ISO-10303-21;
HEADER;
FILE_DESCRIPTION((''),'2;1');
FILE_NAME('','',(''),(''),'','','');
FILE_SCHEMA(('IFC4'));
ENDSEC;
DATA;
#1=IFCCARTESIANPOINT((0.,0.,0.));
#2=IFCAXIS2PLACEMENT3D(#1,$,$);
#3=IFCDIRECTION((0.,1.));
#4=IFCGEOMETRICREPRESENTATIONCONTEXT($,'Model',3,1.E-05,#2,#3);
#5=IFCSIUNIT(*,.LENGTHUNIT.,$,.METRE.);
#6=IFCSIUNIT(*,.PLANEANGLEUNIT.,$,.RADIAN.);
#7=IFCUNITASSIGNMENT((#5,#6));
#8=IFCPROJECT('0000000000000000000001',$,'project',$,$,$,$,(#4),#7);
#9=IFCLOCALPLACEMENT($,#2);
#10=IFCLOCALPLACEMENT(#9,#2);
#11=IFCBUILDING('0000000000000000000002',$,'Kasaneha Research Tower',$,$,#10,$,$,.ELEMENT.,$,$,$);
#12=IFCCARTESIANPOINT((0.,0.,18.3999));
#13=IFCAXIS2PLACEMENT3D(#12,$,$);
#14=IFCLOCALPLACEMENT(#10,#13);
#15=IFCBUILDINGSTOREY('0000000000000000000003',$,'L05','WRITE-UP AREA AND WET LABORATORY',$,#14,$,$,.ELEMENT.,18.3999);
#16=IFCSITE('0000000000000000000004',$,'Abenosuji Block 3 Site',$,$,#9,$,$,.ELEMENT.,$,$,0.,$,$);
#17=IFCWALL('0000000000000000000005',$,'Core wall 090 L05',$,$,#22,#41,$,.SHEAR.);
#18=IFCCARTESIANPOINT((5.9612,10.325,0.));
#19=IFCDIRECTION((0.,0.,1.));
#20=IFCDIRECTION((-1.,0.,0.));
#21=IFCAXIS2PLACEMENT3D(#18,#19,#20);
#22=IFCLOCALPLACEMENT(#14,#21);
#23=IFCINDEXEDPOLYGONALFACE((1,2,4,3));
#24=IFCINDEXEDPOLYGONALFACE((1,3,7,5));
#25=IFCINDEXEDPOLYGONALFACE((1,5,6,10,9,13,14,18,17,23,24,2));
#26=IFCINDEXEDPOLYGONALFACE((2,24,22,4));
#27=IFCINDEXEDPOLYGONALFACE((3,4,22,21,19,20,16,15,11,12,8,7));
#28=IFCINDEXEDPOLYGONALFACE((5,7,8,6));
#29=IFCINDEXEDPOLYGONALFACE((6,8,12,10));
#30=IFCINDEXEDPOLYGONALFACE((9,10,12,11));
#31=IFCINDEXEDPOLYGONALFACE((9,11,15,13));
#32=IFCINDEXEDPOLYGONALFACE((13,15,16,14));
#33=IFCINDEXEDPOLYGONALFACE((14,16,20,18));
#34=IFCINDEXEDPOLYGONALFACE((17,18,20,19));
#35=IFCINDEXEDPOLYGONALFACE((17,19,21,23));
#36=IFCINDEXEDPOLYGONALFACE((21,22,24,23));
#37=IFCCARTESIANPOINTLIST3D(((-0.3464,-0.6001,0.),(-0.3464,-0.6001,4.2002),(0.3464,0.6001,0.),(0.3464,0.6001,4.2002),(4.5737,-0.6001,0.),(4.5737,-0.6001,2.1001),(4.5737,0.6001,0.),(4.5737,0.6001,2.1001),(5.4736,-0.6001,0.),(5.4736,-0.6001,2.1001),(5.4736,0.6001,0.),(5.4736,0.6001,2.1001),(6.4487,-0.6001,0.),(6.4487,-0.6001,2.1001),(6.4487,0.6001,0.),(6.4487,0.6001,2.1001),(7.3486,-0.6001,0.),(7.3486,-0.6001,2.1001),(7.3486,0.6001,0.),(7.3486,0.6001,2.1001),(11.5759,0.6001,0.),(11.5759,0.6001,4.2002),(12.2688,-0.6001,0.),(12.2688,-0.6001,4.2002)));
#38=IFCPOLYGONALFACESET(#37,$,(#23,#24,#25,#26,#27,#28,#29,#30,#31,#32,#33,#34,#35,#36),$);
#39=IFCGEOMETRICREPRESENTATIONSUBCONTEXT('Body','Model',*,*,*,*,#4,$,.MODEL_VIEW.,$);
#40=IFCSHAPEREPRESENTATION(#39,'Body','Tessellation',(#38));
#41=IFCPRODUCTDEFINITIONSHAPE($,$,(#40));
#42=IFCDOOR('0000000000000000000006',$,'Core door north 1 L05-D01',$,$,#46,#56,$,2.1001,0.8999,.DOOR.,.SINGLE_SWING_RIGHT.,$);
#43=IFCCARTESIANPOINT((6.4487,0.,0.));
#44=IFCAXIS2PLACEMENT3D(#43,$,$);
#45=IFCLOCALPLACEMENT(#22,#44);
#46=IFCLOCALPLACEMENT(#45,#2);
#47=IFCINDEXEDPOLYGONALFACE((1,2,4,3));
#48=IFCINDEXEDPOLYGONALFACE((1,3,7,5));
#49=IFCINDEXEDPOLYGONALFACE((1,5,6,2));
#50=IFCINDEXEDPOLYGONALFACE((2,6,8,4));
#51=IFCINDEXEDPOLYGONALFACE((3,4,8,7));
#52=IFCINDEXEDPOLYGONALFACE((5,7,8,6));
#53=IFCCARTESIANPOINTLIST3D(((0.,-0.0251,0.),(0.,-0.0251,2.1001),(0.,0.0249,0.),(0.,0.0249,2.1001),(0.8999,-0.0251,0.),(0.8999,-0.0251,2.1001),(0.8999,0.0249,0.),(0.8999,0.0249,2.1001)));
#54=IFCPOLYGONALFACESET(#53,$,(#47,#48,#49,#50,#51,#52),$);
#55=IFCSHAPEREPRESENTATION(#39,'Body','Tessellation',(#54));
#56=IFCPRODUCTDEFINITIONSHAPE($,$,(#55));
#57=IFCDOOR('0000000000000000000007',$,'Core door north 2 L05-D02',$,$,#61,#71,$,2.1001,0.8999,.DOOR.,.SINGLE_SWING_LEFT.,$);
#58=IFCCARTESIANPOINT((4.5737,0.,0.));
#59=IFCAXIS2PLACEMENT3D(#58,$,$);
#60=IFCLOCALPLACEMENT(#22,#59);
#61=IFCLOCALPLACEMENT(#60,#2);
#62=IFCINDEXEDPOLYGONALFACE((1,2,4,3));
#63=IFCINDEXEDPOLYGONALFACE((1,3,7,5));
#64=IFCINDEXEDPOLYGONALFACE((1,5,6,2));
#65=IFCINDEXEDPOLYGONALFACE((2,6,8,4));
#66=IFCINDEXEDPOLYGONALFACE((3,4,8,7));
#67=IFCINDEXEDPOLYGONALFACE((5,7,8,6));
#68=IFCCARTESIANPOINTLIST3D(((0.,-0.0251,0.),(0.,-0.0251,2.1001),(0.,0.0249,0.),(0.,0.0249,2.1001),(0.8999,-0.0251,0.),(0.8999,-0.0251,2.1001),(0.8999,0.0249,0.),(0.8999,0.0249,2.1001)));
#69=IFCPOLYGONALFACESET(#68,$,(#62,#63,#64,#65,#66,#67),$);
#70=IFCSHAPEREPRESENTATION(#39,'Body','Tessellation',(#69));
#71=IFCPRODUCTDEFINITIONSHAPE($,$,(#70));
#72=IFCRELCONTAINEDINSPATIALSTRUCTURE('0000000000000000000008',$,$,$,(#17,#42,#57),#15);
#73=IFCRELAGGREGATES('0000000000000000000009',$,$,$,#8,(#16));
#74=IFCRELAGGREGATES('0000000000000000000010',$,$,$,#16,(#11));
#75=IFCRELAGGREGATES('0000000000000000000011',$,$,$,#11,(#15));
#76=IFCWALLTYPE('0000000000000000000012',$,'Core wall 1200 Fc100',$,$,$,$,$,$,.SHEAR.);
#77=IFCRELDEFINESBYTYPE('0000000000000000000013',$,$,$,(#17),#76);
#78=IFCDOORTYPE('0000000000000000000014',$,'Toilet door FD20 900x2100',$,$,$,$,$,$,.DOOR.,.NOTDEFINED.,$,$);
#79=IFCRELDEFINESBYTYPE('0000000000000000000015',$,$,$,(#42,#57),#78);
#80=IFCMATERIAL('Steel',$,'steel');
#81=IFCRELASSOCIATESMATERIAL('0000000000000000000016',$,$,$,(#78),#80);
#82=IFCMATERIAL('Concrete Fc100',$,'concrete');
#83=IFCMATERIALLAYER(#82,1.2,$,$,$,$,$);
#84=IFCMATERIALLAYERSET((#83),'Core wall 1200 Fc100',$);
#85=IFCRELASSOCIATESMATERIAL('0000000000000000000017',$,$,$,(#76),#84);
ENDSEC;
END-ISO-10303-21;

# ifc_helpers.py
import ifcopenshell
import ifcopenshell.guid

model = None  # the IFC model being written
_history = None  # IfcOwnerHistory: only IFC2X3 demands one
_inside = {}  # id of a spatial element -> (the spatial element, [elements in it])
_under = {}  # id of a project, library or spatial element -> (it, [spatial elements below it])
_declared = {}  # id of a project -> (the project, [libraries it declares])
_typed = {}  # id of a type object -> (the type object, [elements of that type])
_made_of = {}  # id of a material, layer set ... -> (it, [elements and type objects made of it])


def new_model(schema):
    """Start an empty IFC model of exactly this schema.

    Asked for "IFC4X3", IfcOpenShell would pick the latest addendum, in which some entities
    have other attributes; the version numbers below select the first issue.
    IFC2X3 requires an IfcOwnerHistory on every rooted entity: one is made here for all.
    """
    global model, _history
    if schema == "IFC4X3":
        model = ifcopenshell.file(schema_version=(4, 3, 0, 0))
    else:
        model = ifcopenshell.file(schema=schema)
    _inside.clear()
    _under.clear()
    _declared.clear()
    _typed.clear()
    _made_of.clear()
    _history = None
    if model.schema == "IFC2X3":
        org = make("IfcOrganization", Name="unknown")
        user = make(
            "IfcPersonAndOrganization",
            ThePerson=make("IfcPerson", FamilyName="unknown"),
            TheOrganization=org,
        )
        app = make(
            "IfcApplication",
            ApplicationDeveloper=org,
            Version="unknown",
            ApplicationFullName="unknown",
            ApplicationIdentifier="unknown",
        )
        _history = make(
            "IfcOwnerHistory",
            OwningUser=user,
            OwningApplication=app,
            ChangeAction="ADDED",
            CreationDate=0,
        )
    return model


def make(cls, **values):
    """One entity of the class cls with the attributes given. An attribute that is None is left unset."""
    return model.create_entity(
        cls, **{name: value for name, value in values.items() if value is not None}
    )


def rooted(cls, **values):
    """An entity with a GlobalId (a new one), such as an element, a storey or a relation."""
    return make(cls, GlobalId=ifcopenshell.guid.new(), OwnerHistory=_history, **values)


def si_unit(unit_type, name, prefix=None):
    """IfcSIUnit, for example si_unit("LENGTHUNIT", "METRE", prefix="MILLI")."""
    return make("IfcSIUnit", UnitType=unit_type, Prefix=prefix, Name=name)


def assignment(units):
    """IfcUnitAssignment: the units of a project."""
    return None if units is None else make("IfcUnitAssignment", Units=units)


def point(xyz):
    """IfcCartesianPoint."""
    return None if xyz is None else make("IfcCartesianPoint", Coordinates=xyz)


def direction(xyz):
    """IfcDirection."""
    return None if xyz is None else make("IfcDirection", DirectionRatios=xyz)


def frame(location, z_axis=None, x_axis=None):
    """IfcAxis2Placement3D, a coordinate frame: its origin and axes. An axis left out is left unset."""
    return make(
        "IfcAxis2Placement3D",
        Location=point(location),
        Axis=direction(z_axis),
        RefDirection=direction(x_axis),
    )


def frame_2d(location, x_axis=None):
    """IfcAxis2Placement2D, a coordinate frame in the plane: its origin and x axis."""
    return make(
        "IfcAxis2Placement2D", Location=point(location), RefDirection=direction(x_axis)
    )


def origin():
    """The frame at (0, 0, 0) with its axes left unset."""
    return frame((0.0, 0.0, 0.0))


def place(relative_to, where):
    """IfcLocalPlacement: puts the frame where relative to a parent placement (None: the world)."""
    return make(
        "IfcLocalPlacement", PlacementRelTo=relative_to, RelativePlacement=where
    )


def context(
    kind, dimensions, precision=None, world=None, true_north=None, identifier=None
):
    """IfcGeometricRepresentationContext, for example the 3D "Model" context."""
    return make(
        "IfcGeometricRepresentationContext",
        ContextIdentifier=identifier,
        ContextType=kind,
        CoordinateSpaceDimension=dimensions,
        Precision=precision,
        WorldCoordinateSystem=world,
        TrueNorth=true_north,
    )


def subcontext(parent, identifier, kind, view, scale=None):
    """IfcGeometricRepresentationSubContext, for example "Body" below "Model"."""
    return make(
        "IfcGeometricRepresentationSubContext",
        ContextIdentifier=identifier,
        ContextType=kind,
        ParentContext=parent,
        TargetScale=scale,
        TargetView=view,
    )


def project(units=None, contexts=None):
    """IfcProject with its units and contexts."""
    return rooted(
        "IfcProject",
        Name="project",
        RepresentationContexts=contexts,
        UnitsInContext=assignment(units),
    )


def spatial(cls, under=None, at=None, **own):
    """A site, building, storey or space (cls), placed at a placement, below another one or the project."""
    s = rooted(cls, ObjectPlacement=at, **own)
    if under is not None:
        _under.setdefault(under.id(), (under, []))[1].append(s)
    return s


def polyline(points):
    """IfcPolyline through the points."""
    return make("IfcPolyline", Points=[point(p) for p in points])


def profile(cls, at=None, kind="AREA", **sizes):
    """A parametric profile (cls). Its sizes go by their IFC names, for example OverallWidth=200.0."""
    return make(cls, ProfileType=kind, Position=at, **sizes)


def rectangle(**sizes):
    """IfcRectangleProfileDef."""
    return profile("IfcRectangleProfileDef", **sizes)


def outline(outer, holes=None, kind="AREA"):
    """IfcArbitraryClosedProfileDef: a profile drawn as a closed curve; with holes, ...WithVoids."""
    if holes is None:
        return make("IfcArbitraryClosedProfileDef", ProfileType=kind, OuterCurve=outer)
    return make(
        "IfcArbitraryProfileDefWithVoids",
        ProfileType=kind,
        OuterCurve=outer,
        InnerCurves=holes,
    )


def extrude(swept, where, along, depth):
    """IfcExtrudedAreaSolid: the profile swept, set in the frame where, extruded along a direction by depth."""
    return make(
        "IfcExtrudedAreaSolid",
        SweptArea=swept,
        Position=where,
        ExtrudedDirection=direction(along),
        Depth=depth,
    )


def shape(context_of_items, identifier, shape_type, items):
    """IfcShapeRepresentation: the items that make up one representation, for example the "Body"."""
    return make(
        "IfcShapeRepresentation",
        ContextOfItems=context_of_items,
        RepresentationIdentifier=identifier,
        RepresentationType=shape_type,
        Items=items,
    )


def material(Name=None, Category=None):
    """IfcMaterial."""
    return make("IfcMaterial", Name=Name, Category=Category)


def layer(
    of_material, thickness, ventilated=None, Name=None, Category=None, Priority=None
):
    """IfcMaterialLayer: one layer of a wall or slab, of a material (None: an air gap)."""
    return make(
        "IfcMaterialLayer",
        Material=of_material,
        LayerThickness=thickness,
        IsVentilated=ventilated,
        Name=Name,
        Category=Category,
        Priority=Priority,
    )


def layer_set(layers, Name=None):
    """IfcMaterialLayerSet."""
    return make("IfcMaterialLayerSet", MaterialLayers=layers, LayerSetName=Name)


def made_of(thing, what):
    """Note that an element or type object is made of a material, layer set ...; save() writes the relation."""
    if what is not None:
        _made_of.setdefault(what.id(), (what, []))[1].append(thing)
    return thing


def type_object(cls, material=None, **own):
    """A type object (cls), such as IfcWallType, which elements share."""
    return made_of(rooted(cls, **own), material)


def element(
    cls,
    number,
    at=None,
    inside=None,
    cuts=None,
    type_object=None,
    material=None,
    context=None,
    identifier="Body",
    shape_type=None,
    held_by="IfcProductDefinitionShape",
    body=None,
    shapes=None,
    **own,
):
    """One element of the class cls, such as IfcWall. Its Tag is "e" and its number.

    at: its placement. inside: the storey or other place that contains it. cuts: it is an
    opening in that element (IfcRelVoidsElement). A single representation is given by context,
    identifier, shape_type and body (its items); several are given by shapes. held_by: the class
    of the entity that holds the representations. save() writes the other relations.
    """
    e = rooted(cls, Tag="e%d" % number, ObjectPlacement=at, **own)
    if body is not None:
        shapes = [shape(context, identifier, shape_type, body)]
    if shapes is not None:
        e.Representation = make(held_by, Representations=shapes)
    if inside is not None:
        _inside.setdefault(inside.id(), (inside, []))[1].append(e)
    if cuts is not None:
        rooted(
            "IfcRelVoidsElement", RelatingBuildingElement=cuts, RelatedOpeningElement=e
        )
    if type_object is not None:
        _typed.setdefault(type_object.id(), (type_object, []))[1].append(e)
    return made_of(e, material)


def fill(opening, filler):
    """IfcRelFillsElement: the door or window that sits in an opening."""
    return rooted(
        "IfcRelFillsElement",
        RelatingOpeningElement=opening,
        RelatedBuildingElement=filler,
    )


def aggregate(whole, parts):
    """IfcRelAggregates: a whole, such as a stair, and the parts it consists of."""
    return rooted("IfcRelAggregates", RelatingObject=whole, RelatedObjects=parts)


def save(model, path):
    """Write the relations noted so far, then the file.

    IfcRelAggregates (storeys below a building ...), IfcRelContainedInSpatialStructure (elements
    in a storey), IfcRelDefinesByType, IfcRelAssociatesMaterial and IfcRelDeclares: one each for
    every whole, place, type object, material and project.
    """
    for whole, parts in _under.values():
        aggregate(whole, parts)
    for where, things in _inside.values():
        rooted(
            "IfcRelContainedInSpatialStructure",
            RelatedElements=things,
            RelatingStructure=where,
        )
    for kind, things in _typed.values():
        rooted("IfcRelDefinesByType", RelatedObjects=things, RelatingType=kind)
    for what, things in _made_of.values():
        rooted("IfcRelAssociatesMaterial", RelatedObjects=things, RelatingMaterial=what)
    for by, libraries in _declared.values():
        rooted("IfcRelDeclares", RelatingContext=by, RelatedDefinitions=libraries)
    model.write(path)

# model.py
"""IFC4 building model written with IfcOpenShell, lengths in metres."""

from ifc_helpers import new_model, si_unit, direction, frame, frame_2d, origin, place, context, subcontext, project, spatial, polyline, rectangle, outline, extrude, material, layer, layer_set, type_object, element, fill, save


model = new_model("IFC4")

# Units and contexts
model_context = context("Model", 3, precision=1e-05, world=origin(), true_north=direction((0.0, 1.0)))
body_context = subcontext(model_context, "Body", "Model", "MODEL_VIEW")
ifc_project = project(units=[si_unit("LENGTHUNIT", "METRE"), si_unit("PLANEANGLEUNIT", "RADIAN")], contexts=[model_context])

# Site, building, storey
site_placement = place(None, origin())
site = spatial("IfcSite", under=ifc_project, at=site_placement, Name="Abenosuji Block 3 Site", CompositionType="ELEMENT", RefElevation=0.0)
building_placement = place(site_placement, origin())
building = spatial("IfcBuilding", under=site, at=building_placement, Name="Kasaneha Research Tower", CompositionType="ELEMENT")
storey_placement = place(building_placement, frame((0.0, 0.0, 18.3999)))
storey = spatial("IfcBuildingStorey", under=building, at=storey_placement, Name="L05", Description="WRITE-UP AREA AND WET LABORATORY", CompositionType="ELEMENT", Elevation=18.3999)

# Shared definitions
ifc_material_1 = material(Name="Steel", Category="steel")
door_type_1 = type_object("IfcDoorType", Name="Toilet door FD20 900x2100", OperationType="NOTDEFINED", PredefinedType="DOOR", material=ifc_material_1)

# Wall, openings, doors
ifc_material_2 = material(Name="Concrete Fc100", Category="concrete")
ifc_layer_1 = layer(ifc_material_2, 1.2)
ifc_layer_set_1 = layer_set([ifc_layer_1], Name="Core wall 1200 Fc100")
wall_type_1 = type_object("IfcWallType", Name="Core wall 1200 Fc100", PredefinedType="SHEAR", material=ifc_layer_set_1)
wall_1_placement = place(storey_placement, frame((5.9612, 10.325, 0.0), z_axis=(0.0, 0.0, 1.0), x_axis=(-1.0, 0.0, 0.0)))
wall_1 = element("IfcWall", 1, at=wall_1_placement, inside=storey, type_object=wall_type_1, Name="Core wall 090 L05", PredefinedType="SHEAR", context=body_context, shape_type="SweptSolid", body=[
    extrude(outline(polyline([(-0.3464, -0.6001), (4.5737, -0.6001), (5.4736, -0.6001), (6.4487, -0.6001), (7.3486, -0.6001), (12.2688, -0.6001), (11.5759, 0.6001), (7.3486, 0.6001), (6.4487, 0.6001), (5.4736, 0.6001), (4.5737, 0.6001), (0.3464, 0.6001), (-0.3464, -0.6001)])), origin(), (0.0, 0.0, 1.0), 4.2002),
])
opening_1_placement = place(wall_1_placement, frame((6.4487, 0.0, 0.0)))
opening_1 = element("IfcOpeningElement", 2, at=opening_1_placement, cuts=wall_1, PredefinedType="OPENING", context=body_context, shape_type="SweptSolid", body=[
    extrude(rectangle(XDim=0.8999, YDim=2.1001, at=frame_2d((0.45, 1.05))), frame((0.0, 0.6099, 0.0), z_axis=(0.0, -1.0, 0.0), x_axis=(1.0, 0.0, 0.0)), (0.0, 0.0, 1.0), 1.22),
])
opening_2_placement = place(wall_1_placement, frame((4.5737, 0.0, 0.0)))
opening_2 = element("IfcOpeningElement", 3, at=opening_2_placement, cuts=wall_1, PredefinedType="OPENING", context=body_context, shape_type="SweptSolid", body=[
    extrude(rectangle(XDim=0.8999, YDim=2.1001, at=frame_2d((0.45, 1.05))), frame((0.0, 0.6099, 0.0), z_axis=(0.0, -1.0, 0.0), x_axis=(1.0, 0.0, 0.0)), (0.0, 0.0, 1.0), 1.22),
])
door_1_placement = place(opening_1_placement, origin())
door_1 = element("IfcDoor", 4, at=door_1_placement, inside=storey, type_object=door_type_1, Name="Core door north 1 L05-D01", OperationType="SINGLE_SWING_RIGHT", OverallHeight=2.1001, OverallWidth=0.8999, PredefinedType="DOOR", context=body_context, shape_type="SweptSolid", body=[
    extrude(rectangle(XDim=0.8999, YDim=2.1001, at=frame_2d((0.45, 1.05))), frame((0.0, 0.0249, 0.0), z_axis=(0.0, -1.0, 0.0), x_axis=(1.0, 0.0, 0.0)), (0.0, 0.0, 1.0), 0.05),
])
fill(opening_1, door_1)
door_2_placement = place(opening_2_placement, origin())
door_2 = element("IfcDoor", 5, at=door_2_placement, inside=storey, type_object=door_type_1, Name="Core door north 2 L05-D02", OperationType="SINGLE_SWING_LEFT", OverallHeight=2.1001, OverallWidth=0.8999, PredefinedType="DOOR", context=body_context, shape_type="SweptSolid", body=[
    extrude(rectangle(XDim=0.8999, YDim=2.1001, at=frame_2d((0.45, 1.05))), frame((0.0, 0.0249, 0.0), z_axis=(0.0, -1.0, 0.0), x_axis=(1.0, 0.0, 0.0)), (0.0, 0.0, 1.0), 0.05),
])
fill(opening_2, door_2)

save(model, "model.ifc")
